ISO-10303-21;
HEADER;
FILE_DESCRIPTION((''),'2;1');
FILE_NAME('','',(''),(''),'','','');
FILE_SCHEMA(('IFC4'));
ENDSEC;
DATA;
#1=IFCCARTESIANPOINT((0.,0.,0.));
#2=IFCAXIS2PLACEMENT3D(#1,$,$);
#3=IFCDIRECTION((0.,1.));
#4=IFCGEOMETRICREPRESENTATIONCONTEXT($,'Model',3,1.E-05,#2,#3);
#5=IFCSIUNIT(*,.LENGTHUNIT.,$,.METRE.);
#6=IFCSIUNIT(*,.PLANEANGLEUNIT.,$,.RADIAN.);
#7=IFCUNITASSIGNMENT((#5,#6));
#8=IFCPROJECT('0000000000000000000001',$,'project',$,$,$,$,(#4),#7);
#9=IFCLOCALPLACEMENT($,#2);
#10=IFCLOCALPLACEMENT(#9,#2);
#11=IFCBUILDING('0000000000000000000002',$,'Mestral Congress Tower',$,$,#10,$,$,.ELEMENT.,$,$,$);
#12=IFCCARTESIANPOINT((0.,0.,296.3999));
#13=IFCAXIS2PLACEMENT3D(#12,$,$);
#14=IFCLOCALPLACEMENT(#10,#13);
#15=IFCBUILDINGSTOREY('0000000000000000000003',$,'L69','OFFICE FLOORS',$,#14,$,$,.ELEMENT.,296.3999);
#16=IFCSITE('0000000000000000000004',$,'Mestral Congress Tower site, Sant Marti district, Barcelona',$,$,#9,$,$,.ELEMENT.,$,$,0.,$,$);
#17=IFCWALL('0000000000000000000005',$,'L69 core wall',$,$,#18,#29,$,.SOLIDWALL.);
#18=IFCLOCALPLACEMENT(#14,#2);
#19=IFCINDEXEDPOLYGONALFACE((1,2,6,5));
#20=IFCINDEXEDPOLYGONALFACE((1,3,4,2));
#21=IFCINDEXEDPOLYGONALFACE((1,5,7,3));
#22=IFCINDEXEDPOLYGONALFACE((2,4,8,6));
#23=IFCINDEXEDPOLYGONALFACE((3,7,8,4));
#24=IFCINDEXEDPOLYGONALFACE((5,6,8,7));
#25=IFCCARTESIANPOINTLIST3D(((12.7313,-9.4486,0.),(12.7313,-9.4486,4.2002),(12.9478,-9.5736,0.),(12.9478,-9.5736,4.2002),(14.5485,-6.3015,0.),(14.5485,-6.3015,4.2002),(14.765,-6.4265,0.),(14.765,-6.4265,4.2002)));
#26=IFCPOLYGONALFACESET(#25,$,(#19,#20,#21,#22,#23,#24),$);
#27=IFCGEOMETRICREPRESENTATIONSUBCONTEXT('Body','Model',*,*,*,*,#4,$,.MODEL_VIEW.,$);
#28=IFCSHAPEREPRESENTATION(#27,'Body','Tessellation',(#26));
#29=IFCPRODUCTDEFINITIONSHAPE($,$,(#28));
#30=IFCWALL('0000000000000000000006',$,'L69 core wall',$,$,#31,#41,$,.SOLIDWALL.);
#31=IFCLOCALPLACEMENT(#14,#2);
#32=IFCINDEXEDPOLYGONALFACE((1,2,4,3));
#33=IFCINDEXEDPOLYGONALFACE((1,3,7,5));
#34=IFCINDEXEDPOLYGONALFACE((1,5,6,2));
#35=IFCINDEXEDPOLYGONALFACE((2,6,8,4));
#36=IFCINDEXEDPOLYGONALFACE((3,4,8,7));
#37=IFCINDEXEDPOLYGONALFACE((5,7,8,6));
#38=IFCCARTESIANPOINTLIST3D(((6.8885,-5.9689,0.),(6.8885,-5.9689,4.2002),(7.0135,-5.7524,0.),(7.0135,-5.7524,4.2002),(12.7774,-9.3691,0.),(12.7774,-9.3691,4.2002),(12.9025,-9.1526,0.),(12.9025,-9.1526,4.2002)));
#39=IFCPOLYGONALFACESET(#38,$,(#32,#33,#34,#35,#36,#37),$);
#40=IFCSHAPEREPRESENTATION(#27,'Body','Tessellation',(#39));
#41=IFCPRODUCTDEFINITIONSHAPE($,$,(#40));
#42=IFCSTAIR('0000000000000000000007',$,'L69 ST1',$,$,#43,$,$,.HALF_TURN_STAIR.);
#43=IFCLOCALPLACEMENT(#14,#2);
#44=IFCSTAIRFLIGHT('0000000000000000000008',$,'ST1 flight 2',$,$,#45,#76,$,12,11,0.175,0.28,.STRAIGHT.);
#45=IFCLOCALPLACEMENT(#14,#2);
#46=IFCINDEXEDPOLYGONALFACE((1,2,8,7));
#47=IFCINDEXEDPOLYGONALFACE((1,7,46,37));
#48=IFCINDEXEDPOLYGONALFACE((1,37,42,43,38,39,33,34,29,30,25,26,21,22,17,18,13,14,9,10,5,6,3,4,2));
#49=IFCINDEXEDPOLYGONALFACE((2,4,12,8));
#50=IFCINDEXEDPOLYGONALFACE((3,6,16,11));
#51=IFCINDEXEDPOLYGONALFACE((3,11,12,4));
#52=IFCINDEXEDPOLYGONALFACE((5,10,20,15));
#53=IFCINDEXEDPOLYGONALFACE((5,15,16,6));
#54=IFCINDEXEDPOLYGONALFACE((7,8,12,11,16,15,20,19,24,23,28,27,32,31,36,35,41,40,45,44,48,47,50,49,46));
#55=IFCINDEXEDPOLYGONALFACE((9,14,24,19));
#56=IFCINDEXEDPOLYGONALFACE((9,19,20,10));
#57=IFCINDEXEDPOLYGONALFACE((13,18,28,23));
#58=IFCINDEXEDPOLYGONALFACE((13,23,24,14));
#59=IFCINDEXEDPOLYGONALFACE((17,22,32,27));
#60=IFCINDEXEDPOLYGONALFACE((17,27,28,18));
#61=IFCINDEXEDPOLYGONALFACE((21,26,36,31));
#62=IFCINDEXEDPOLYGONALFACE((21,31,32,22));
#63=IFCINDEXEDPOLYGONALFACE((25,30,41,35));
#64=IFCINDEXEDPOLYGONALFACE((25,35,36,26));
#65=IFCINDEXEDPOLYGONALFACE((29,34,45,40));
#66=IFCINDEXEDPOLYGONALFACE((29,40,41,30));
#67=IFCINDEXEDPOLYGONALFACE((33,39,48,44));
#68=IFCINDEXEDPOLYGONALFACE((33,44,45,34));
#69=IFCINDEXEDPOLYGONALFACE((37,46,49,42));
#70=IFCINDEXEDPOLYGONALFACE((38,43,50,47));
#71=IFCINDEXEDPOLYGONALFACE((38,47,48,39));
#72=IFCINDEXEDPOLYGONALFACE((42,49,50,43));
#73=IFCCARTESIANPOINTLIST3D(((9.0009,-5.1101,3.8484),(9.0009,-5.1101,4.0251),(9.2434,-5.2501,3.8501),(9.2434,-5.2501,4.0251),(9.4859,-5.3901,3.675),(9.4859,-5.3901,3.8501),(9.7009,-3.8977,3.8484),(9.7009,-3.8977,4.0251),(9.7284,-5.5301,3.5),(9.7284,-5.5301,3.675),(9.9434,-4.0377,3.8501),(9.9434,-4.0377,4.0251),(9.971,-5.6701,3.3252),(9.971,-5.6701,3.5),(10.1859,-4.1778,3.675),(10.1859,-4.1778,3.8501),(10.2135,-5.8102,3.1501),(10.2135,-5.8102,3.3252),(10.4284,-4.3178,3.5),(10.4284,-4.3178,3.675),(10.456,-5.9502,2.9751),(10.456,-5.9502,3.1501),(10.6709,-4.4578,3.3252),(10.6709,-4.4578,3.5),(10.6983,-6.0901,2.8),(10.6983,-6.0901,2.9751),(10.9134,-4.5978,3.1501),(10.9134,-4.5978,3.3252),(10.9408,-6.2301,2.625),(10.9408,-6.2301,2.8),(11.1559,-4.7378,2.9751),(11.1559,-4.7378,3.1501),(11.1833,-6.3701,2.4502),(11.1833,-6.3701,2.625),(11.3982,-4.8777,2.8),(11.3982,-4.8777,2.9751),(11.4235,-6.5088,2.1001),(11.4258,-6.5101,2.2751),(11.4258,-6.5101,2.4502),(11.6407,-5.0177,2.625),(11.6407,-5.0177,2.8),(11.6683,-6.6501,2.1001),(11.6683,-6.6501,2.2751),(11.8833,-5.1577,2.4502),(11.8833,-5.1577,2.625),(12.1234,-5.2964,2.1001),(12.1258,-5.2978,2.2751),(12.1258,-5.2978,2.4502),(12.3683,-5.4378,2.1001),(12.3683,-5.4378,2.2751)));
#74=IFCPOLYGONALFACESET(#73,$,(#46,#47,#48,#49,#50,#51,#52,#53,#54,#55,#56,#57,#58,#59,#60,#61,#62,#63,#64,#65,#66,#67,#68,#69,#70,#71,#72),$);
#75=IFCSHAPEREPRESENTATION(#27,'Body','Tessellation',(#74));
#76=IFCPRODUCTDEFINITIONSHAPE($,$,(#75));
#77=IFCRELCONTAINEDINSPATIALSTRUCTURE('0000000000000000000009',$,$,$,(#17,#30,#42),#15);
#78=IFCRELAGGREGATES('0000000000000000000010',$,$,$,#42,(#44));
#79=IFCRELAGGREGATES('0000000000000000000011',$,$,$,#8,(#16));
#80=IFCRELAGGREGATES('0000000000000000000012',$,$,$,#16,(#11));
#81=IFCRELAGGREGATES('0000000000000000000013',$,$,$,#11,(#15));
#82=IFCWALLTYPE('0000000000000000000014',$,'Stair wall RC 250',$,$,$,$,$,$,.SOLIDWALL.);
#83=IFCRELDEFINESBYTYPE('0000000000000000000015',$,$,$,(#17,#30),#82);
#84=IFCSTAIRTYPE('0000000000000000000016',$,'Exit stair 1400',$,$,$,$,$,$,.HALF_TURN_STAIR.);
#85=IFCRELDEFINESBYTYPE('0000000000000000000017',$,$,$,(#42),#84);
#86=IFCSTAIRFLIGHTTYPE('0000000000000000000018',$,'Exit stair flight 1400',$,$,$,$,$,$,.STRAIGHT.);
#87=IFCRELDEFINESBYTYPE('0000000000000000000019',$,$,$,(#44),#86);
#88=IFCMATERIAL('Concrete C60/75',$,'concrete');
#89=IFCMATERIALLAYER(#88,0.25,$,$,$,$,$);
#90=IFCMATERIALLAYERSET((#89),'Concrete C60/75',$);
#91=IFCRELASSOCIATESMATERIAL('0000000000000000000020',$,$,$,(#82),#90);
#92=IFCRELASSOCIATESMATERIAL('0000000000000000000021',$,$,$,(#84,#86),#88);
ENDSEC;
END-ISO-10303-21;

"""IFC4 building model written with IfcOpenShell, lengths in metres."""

from ifc_helpers import new_model, si_unit, direction, frame, frame_2d, origin, place, context, subcontext, project, spatial, polyline, rectangle, outline, extrude, material, layer, layer_set, type_object, element, aggregate, save


model = new_model("IFC4")

# Units and contexts
model_context = context("Model", 3, precision=1e-05, world=origin(), true_north=direction((0.0, 1.0)))
body_context = subcontext(model_context, "Body", "Model", "MODEL_VIEW")
ifc_project = project(units=[si_unit("LENGTHUNIT", "METRE"), si_unit("PLANEANGLEUNIT", "RADIAN")], contexts=[model_context])

# Site, building, storey
site_placement = place(None, origin())
site = spatial("IfcSite", under=ifc_project, at=site_placement, Name="Mestral Congress Tower site, Sant Marti district, Barcelona", CompositionType="ELEMENT", RefElevation=0.0)
building_placement = place(site_placement, origin())
building = spatial("IfcBuilding", under=site, at=building_placement, Name="Mestral Congress Tower", CompositionType="ELEMENT")
storey_placement = place(building_placement, frame((0.0, 0.0, 296.3999)))
storey = spatial("IfcBuildingStorey", under=building, at=storey_placement, Name="L69", Description="OFFICE FLOORS", CompositionType="ELEMENT", Elevation=296.3999)

# Shared definitions
ifc_material_1 = material(Name="Concrete C60/75", Category="concrete")

# Walls
ifc_layer_1 = layer(ifc_material_1, 0.25)
ifc_layer_set_1 = layer_set([ifc_layer_1], Name="Concrete C60/75")
wall_type_1 = type_object("IfcWallType", Name="Stair wall RC 250", PredefinedType="SOLIDWALL", material=ifc_layer_set_1)
wall_1_placement = place(storey_placement, frame((12.8396, -9.511, 0.0), z_axis=(0.0, 0.0, 1.0), x_axis=(0.500048, 0.865998, 0.0)))
element("IfcWall", 1, at=wall_1_placement, inside=storey, type_object=wall_type_1, Name="L69 core wall", PredefinedType="SOLIDWALL", context=body_context, shape_type="SweptSolid", body=[
    extrude(rectangle(XDim=3.634, YDim=0.25, at=frame_2d((1.8169, 0.0))), origin(), (0.0, 0.0, 1.0), 4.2002),
])
wall_2_placement = place(storey_placement, frame((12.8398, -9.2607, 0.0), z_axis=(0.0, 0.0, 1.0), x_axis=(-0.866014, 0.50002, 0.0)))
element("IfcWall", 2, at=wall_2_placement, inside=storey, type_object=wall_type_1, Name="L69 core wall", PredefinedType="SOLIDWALL", context=body_context, shape_type="SweptSolid", body=[
    extrude(rectangle(XDim=6.8, YDim=0.25, at=frame_2d((3.3999, 0.0))), origin(), (0.0, 0.0, 1.0), 4.2002),
])

# Stair, stair flight
stair_type = type_object("IfcStairType", Name="Exit stair 1400", PredefinedType="HALF_TURN_STAIR", material=ifc_material_1)
stair_placement = place(storey_placement, origin())
stair = element("IfcStair", 3, at=stair_placement, inside=storey, type_object=stair_type, Name="L69 ST1", PredefinedType="HALF_TURN_STAIR")
stair_flight_type = type_object("IfcStairFlightType", Name="Exit stair flight 1400", PredefinedType="STRAIGHT", material=ifc_material_1)
stair_flight_placement = place(storey_placement, frame((12.0183, -6.0439, 2.1001), z_axis=(0.0, 0.0, 1.0), x_axis=(-0.866025, 0.5, 0.0)))
stair_flight = element("IfcStairFlight", 4, at=stair_flight_placement, type_object=stair_flight_type, Name="ST1 flight 2", NumberOfRisers=12, NumberOfTreads=11, PredefinedType="STRAIGHT", RiserHeight=0.175, TreadLength=0.28, context=body_context, shape_type="SweptSolid", body=[
    extrude(outline(polyline([(0.0, 0.0), (0.0, 0.175), (0.28, 0.175), (0.28, 0.3501), (0.5601, 0.3501), (0.5601, 0.5249), (0.8401, 0.5249), (0.8401, 0.7), (1.1201, 0.7), (1.1201, 0.875), (1.3999, 0.875), (1.3999, 1.05), (1.6799, 1.05), (1.6799, 1.2251), (1.96, 1.2251), (1.96, 1.3999), (2.24, 1.3999), (2.24, 1.575), (2.52, 1.575), (2.52, 1.75), (2.8, 1.75), (2.8, 1.925), (3.0801, 1.925), (3.0801, 2.1001), (3.0801, 1.7483), (0.2827, 0.0), (0.0, 0.0)])), frame((0.0, 0.7, 0.0), z_axis=(0.0, -1.0, 0.0), x_axis=(1.0, 0.0, 0.0)), (0.0, 0.0, 1.0), 1.3999),
])
aggregate(stair, [stair_flight])

save(model, "model.ifc")
